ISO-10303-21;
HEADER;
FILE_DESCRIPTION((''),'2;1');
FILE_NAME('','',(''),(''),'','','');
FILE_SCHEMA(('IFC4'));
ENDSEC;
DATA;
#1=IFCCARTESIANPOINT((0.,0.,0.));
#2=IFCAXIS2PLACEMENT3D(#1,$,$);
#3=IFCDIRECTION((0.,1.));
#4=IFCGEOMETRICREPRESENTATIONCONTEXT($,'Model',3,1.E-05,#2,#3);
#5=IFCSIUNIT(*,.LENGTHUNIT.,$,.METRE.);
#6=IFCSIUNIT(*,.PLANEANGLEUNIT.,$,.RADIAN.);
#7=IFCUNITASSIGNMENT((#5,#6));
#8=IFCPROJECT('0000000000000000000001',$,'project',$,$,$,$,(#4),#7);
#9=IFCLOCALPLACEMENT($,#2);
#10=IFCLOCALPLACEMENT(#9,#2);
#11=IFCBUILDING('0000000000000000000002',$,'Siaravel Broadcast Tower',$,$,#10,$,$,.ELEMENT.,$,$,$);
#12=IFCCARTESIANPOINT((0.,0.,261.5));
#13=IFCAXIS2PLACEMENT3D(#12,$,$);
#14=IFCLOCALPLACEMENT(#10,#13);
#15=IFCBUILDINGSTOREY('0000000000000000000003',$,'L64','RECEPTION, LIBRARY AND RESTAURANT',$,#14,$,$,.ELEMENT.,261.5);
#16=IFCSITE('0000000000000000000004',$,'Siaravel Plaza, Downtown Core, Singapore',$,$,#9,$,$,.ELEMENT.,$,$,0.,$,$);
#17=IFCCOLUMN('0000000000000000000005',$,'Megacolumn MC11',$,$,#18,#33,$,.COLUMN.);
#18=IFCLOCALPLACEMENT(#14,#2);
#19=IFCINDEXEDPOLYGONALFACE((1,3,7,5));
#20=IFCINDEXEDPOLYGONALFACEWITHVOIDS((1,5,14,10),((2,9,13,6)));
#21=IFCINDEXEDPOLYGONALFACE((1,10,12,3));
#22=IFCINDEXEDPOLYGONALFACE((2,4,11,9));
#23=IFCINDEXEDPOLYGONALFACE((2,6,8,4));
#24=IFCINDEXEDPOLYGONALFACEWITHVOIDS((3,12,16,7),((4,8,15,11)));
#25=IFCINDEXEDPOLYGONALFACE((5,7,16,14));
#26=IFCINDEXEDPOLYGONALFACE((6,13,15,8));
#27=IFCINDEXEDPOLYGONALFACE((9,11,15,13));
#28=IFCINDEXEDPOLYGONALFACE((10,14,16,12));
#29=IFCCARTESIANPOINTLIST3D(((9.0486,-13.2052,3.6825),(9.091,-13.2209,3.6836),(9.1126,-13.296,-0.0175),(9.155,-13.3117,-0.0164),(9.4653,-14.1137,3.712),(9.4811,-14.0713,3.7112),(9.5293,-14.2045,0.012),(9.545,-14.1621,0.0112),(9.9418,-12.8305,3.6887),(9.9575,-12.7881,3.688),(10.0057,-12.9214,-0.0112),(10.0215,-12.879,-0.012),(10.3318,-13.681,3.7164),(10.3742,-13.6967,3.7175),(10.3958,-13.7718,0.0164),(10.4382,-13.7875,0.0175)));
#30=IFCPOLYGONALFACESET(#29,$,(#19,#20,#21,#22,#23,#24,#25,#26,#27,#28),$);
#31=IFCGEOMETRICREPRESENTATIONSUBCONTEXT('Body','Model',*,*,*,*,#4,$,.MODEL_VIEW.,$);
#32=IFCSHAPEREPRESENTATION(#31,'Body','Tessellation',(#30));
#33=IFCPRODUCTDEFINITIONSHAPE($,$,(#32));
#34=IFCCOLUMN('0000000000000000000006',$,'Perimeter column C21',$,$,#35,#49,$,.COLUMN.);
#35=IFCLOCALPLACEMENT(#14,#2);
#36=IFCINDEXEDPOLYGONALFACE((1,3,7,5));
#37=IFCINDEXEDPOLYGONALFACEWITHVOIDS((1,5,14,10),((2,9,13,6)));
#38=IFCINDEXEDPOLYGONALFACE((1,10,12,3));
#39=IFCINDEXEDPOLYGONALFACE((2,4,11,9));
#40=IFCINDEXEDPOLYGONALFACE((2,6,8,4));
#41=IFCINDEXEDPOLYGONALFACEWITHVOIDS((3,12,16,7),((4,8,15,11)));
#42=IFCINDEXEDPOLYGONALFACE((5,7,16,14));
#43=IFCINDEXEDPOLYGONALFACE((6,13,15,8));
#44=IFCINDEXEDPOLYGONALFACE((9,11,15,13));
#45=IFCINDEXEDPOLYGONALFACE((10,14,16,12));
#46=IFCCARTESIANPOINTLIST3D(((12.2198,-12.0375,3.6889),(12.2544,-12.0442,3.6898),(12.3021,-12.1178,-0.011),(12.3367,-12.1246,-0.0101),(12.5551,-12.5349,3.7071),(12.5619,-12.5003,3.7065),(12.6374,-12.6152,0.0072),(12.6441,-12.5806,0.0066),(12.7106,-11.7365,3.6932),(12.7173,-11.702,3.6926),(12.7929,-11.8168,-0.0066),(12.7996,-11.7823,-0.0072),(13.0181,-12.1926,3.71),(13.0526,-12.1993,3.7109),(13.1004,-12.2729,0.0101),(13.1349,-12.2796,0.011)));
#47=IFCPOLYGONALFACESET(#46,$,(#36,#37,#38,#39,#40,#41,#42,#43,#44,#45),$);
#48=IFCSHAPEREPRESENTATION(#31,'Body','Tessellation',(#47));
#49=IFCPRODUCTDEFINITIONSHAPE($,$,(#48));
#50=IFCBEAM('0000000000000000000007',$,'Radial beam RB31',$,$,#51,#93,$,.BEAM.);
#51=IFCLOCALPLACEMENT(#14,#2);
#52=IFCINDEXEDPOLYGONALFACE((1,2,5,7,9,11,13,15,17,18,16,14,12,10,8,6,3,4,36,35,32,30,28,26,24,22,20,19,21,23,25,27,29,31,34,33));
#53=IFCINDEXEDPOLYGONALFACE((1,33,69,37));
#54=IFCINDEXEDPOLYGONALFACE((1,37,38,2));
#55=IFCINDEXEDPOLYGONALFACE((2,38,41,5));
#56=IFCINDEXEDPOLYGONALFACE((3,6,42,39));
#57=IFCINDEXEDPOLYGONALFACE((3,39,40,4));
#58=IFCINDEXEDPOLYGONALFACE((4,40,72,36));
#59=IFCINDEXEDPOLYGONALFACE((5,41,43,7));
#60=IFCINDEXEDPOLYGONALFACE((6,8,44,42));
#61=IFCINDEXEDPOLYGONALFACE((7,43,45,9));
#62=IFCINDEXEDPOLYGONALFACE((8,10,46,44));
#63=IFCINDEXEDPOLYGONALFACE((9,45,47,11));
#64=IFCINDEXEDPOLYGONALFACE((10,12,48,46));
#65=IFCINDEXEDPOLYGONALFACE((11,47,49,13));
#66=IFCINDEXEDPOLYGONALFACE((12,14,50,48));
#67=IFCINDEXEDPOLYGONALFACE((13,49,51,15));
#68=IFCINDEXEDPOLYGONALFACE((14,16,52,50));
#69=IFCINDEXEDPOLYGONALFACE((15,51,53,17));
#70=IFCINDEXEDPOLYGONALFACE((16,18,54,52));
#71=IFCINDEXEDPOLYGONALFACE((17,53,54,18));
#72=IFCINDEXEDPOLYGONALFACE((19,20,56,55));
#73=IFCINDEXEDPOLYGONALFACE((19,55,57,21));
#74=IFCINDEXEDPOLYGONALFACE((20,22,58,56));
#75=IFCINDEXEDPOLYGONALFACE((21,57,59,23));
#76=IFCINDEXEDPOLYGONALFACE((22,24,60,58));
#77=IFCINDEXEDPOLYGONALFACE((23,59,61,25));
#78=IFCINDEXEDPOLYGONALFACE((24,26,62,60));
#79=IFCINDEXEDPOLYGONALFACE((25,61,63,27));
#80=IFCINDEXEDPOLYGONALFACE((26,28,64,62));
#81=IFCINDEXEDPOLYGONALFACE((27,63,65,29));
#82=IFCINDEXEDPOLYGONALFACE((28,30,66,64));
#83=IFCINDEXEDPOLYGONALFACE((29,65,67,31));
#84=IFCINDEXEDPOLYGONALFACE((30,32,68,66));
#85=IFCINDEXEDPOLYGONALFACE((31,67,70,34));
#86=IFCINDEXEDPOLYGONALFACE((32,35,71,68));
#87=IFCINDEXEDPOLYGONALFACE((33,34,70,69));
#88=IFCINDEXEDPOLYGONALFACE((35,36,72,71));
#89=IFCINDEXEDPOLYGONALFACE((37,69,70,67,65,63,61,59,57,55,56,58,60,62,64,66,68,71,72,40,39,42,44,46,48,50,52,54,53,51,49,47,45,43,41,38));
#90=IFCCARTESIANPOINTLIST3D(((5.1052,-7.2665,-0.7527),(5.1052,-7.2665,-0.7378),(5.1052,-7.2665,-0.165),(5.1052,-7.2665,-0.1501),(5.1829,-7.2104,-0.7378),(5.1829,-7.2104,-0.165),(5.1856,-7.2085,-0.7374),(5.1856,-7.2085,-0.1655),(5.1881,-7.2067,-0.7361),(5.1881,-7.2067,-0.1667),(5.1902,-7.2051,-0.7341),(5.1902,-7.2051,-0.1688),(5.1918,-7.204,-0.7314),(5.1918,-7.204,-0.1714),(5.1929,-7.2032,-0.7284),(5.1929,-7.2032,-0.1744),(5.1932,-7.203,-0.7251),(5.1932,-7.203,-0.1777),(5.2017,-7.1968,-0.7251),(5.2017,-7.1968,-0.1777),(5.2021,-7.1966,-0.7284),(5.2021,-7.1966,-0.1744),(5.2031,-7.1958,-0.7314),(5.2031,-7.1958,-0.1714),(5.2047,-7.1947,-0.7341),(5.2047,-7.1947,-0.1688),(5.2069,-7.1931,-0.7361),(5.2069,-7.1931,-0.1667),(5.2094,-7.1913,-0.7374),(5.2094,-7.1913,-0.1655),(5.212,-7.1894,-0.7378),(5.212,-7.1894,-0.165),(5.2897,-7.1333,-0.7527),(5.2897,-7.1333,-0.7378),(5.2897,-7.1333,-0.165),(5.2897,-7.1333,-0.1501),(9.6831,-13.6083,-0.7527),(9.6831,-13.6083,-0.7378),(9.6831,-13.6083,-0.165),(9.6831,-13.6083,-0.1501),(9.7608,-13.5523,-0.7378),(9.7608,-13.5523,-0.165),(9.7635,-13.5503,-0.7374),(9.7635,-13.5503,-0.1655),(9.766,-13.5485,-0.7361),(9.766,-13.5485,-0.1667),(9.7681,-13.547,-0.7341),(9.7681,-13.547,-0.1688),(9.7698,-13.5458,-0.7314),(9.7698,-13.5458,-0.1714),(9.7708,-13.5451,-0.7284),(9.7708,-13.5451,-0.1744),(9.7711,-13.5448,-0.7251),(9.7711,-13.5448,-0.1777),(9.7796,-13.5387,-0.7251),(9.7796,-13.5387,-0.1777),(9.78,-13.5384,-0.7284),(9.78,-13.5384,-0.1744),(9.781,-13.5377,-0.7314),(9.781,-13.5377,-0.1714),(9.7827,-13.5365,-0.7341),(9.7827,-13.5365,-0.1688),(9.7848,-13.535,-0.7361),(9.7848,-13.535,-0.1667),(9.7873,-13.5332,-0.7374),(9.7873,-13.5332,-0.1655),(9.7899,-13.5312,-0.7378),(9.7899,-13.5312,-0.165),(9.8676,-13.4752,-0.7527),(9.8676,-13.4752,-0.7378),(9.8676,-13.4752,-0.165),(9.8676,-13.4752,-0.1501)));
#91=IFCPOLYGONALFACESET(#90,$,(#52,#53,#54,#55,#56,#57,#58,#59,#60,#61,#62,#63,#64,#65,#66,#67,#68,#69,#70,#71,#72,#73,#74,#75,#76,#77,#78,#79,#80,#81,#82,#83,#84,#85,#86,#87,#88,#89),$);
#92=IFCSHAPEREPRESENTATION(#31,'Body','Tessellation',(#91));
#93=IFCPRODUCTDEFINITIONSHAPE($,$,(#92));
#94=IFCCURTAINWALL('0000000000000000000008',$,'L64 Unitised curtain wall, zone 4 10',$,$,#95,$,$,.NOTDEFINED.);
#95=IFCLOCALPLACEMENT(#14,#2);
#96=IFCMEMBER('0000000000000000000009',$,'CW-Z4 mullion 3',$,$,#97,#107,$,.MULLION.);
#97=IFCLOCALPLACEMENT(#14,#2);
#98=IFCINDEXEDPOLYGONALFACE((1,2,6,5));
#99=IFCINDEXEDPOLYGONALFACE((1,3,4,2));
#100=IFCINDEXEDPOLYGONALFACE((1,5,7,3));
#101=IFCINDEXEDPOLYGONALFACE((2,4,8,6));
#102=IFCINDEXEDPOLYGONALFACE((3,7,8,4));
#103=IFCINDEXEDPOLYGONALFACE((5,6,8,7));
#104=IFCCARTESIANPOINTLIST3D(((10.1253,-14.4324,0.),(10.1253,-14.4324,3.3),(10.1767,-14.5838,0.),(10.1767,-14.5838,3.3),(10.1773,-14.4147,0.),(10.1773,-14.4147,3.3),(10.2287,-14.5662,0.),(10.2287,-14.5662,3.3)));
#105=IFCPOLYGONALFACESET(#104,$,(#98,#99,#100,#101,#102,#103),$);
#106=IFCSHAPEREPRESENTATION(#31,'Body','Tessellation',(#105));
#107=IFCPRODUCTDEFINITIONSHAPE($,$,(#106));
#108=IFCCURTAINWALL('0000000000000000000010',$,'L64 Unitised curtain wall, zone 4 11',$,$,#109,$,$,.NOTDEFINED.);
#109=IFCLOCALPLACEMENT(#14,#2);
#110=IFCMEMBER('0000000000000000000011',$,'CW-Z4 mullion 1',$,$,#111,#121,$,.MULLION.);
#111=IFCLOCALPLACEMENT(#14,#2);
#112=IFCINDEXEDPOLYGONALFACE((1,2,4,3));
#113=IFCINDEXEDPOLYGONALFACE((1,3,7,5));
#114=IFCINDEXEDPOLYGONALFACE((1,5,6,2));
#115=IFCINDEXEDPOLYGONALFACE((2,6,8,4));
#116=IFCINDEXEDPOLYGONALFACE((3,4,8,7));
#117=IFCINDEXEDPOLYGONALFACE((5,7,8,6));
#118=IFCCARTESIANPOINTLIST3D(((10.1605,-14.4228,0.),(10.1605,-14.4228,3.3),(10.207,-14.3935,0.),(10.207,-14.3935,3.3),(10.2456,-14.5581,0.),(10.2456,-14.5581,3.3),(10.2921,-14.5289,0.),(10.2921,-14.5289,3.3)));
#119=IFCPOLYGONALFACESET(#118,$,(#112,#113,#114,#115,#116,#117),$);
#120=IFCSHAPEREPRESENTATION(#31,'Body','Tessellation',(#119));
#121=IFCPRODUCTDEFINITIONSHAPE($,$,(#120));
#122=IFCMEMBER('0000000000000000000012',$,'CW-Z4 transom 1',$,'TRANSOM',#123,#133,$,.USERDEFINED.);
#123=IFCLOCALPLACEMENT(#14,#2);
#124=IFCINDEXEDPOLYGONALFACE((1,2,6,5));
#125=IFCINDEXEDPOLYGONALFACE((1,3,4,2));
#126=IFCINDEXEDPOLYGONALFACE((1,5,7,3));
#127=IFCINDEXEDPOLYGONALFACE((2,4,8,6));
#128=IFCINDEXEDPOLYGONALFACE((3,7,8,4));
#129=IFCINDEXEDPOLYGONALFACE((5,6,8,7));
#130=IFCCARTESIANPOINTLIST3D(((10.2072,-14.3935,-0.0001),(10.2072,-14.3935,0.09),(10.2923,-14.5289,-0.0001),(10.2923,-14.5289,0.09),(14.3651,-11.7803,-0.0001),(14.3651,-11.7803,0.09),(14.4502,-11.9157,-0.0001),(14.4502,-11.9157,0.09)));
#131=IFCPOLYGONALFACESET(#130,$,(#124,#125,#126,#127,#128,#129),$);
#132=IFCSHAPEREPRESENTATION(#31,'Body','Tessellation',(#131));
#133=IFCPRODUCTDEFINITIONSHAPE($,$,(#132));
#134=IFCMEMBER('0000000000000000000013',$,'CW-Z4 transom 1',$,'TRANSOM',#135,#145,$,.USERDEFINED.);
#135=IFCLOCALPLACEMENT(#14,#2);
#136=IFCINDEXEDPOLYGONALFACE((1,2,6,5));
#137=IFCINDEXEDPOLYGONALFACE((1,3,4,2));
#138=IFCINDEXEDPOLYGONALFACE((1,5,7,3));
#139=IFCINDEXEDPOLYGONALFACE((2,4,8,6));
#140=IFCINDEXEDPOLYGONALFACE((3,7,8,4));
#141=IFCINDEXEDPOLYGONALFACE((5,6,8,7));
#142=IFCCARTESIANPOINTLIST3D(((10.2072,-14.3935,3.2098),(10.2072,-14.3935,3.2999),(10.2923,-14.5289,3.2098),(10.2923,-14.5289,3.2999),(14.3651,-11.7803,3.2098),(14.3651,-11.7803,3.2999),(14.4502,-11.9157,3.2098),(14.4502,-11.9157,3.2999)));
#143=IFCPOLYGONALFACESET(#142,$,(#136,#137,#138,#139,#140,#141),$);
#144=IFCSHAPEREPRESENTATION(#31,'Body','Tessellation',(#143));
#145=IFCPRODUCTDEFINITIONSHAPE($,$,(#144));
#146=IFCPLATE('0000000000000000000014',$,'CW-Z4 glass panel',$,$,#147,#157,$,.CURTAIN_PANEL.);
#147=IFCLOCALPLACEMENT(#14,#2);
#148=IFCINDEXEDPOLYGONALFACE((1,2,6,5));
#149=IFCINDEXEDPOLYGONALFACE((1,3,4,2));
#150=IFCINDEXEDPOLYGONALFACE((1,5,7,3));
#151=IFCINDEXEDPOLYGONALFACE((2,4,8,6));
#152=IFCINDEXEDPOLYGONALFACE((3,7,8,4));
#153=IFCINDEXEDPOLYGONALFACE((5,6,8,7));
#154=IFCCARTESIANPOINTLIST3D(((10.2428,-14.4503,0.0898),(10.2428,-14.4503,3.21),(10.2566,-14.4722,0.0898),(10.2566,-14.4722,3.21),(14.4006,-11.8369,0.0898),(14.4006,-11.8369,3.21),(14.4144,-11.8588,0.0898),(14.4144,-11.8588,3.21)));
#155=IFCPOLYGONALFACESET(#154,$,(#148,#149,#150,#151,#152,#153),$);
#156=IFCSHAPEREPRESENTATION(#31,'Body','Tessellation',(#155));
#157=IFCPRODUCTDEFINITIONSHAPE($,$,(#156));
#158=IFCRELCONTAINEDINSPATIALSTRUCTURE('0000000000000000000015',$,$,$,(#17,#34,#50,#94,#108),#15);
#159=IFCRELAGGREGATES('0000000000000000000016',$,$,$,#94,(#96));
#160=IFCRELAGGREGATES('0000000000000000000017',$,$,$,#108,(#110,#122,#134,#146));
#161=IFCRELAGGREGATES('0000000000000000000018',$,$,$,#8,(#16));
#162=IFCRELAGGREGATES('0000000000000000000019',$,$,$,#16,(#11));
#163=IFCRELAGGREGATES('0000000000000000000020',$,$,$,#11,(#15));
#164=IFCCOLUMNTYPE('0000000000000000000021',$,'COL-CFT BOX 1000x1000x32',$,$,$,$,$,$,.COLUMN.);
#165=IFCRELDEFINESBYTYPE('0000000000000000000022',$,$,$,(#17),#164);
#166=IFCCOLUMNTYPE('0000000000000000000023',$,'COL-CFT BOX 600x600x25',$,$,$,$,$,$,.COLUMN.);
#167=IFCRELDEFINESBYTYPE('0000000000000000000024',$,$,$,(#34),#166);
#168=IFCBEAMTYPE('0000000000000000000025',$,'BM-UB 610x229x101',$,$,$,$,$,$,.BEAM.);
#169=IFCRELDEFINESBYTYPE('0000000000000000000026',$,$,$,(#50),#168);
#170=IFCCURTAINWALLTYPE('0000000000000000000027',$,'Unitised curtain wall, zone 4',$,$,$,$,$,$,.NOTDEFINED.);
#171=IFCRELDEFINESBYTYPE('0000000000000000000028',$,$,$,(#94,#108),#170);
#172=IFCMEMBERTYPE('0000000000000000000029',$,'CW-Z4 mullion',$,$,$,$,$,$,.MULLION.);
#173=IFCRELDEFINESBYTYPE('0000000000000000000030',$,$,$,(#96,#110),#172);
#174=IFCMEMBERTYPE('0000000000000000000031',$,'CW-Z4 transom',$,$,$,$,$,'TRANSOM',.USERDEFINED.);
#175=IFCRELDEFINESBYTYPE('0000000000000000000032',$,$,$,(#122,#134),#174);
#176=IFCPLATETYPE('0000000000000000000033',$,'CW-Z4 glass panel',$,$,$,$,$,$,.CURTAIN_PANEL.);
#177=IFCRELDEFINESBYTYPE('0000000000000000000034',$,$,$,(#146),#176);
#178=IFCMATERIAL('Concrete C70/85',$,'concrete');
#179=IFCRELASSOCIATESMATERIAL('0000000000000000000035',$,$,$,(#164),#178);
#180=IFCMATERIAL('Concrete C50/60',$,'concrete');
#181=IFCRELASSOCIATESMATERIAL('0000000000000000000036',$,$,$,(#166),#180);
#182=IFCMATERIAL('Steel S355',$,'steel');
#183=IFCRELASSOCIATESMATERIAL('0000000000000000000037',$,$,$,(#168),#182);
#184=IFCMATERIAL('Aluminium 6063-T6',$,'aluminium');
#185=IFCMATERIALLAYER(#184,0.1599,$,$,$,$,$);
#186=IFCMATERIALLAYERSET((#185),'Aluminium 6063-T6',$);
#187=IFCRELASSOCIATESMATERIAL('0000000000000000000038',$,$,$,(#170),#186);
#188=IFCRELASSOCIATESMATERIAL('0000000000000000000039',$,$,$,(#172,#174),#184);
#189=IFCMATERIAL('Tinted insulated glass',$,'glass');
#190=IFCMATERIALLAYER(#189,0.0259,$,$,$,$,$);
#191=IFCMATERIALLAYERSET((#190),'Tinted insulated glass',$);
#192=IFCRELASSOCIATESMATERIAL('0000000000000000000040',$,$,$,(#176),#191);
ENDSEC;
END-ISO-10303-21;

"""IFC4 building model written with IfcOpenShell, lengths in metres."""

from ifc_helpers import new_model, si_unit, direction, frame, origin, origin_2d, place, context, subcontext, project, spatial, rectangle, hollow_rectangle, i_section, extrude, material, layer, layer_set, material_profile, profile_set, type_object, element, aggregate, save


model = new_model("IFC4")

# Units and contexts
model_context = context("Model", 3, precision=1e-05, world=origin(), true_north=direction((0.0, 1.0)))
body_context = subcontext(model_context, "Body", "Model", "MODEL_VIEW")
ifc_project = project(units=[si_unit("LENGTHUNIT", "METRE"), si_unit("PLANEANGLEUNIT", "RADIAN")], contexts=[model_context])

# Site, building, storey
site_placement = place(None, origin())
site = spatial("IfcSite", under=ifc_project, at=site_placement, Name="Siaravel Plaza, Downtown Core, Singapore", CompositionType="ELEMENT", RefElevation=0.0)
building_placement = place(site_placement, origin())
building = spatial("IfcBuilding", under=site, at=building_placement, Name="Siaravel Broadcast Tower", CompositionType="ELEMENT")
storey_placement = place(building_placement, frame((0.0, 0.0, 261.5)))
storey = spatial("IfcBuildingStorey", under=building, at=storey_placement, Name="L64", Description="RECEPTION, LIBRARY AND RESTAURANT", CompositionType="ELEMENT", Elevation=261.5)

# Columns
ifc_material_1 = material(Name="Concrete C70/85", Category="concrete")
ifc_material_profile_1 = material_profile(ifc_material_1, hollow_rectangle(XDim=1.0, YDim=1.0, WallThickness=0.032, at=origin_2d()))
ifc_profile_set_1 = profile_set([ifc_material_profile_1], Name="Concrete C70/85")
column_type_1 = type_object("IfcColumnType", Name="COL-CFT BOX 1000x1000x32", PredefinedType="COLUMN", material=ifc_profile_set_1)
column_1_placement = place(storey_placement, frame((9.7754, -13.5417, 0.0), z_axis=(-0.01728, 0.024535, 0.99955), x_axis=(-0.908883, -0.417016, -0.005477)))
element("IfcColumn", 1, at=column_1_placement, inside=storey, type_object=column_type_1, Name="Megacolumn MC11", PredefinedType="COLUMN", context=body_context, shape_type="SweptSolid", body=[
    extrude(hollow_rectangle(XDim=1.0, YDim=1.0, WallThickness=0.032, at=origin_2d()), origin(), (0.0, 0.0, 1.0), 3.7017),
])
ifc_material_2 = material(Name="Concrete C50/60", Category="concrete")
ifc_material_profile_2 = material_profile(ifc_material_2, hollow_rectangle(XDim=0.6001, YDim=0.6001, WallThickness=0.0249, at=origin_2d()))
ifc_profile_set_2 = profile_set([ifc_material_profile_2], Name="Concrete C50/60")
column_type_2 = type_object("IfcColumnType", Name="COL-CFT BOX 600x600x25", PredefinedType="COLUMN", material=ifc_profile_set_2)
column_2_placement = place(storey_placement, frame((12.7185, -12.1987, 0.0), z_axis=(-0.022226, 0.021699, 0.999517), x_axis=(-0.829024, -0.559177, -0.006296)))
element("IfcColumn", 2, at=column_2_placement, inside=storey, type_object=column_type_2, Name="Perimeter column C21", PredefinedType="COLUMN", context=body_context, shape_type="SweptSolid", body=[
    extrude(hollow_rectangle(XDim=0.6001, YDim=0.6001, WallThickness=0.0249, at=origin_2d()), origin(), (0.0, 0.0, 1.0), 3.7017),
])

# Beam
ifc_material_3 = material(Name="Steel S355", Category="steel")
ifc_material_profile_3 = material_profile(ifc_material_3, i_section(OverallWidth=0.2275, OverallDepth=0.6025, WebThickness=0.0105, FlangeThickness=0.0149, FilletRadius=0.0127, at=origin_2d()))
ifc_profile_set_3 = profile_set([ifc_material_profile_3], Name="Steel S355")
beam_type = type_object("IfcBeamType", Name="BM-UB 610x229x101", PredefinedType="BEAM", material=ifc_profile_set_3)
beam_placement = place(storey_placement, frame((9.7754, -13.5417, -0.4514), z_axis=(-0.585297, 0.810819, 0.0), x_axis=(-0.810819, -0.585297, 0.0)))
element("IfcBeam", 3, at=beam_placement, inside=storey, type_object=beam_type, Name="Radial beam RB31", PredefinedType="BEAM", context=body_context, shape_type="SweptSolid", body=[
    extrude(i_section(OverallWidth=0.2275, OverallDepth=0.6025, WebThickness=0.0105, FlangeThickness=0.0149, FilletRadius=0.0127, at=origin_2d()), origin(), (0.0, 0.0, 1.0), 7.8215),
])

# Curtain wall, member
ifc_material_4 = material(Name="Aluminium 6063-T6", Category="aluminium")
ifc_layer_1 = layer(ifc_material_4, 0.1599)
ifc_layer_set_1 = layer_set([ifc_layer_1], Name="Aluminium 6063-T6")
curtain_wall_type = type_object("IfcCurtainWallType", Name="Unitised curtain wall, zone 4", PredefinedType="NOTDEFINED", material=ifc_layer_set_1)
curtain_wall_1_placement = place(storey_placement, origin())
curtain_wall_1 = element("IfcCurtainWall", 4, at=curtain_wall_1_placement, inside=storey, type_object=curtain_wall_type, Name="L64 Unitised curtain wall, zone 4 10", PredefinedType="NOTDEFINED")
ifc_material_profile_4 = material_profile(ifc_material_4, rectangle(XDim=0.1599, YDim=0.0549, at=origin_2d()))
ifc_profile_set_4 = profile_set([ifc_material_profile_4], Name="Aluminium 6063-T6")
member_type_1 = type_object("IfcMemberType", Name="CW-Z4 mullion", PredefinedType="MULLION", material=ifc_profile_set_4)
member_1_placement = place(storey_placement, frame((10.177, -14.4993, 0.0), z_axis=(0.0, 0.0, 1.0), x_axis=(-0.321302, 0.946977, 0.0)))
member_1 = element("IfcMember", 5, at=member_1_placement, type_object=member_type_1, Name="CW-Z4 mullion 3", PredefinedType="MULLION", context=body_context, shape_type="SweptSolid", body=[
    extrude(rectangle(XDim=0.1599, YDim=0.0549, at=origin_2d()), origin(), (0.0, 0.0, 1.0), 3.3),
])
aggregate(curtain_wall_1, [member_1])

# Curtain wall, members, plate
curtain_wall_2_placement = place(storey_placement, origin())
curtain_wall_2 = element("IfcCurtainWall", 6, at=curtain_wall_2_placement, inside=storey, type_object=curtain_wall_type, Name="L64 Unitised curtain wall, zone 4 11", PredefinedType="NOTDEFINED")
member_2_placement = place(storey_placement, frame((10.2263, -14.4758, 0.0), z_axis=(0.0, 0.0, 1.0), x_axis=(-0.532151, 0.84665, 0.0)))
member_2 = element("IfcMember", 7, at=member_2_placement, type_object=member_type_1, Name="CW-Z4 mullion 1", PredefinedType="MULLION", context=body_context, shape_type="SweptSolid", body=[
    extrude(rectangle(XDim=0.1599, YDim=0.0549, at=origin_2d()), origin(), (0.0, 0.0, 1.0), 3.3),
])
ifc_material_profile_5 = material_profile(ifc_material_4, rectangle(XDim=0.1599, YDim=0.0901, at=origin_2d()))
ifc_profile_set_5 = profile_set([ifc_material_profile_5], Name="Aluminium 6063-T6")
member_type_2 = type_object("IfcMemberType", Name="CW-Z4 transom", ElementType="TRANSOM", PredefinedType="USERDEFINED", material=ifc_profile_set_5)
member_3_placement = place(storey_placement, frame((10.2498, -14.4612, 0.0449), z_axis=(0.846663, 0.532129, 0.0), x_axis=(-0.532129, 0.846663, 0.0)))
member_3 = element("IfcMember", 8, at=member_3_placement, type_object=member_type_2, Name="CW-Z4 transom 1", ObjectType="TRANSOM", PredefinedType="USERDEFINED", context=body_context, shape_type="SweptSolid", body=[
    extrude(rectangle(XDim=0.1599, YDim=0.0901, at=origin_2d()), origin(), (0.0, 0.0, 1.0), 4.9109),
])
member_4_placement = place(storey_placement, frame((10.2498, -14.4612, 3.2549), z_axis=(0.846663, 0.532129, 0.0), x_axis=(-0.532129, 0.846663, 0.0)))
member_4 = element("IfcMember", 9, at=member_4_placement, type_object=member_type_2, Name="CW-Z4 transom 1", ObjectType="TRANSOM", PredefinedType="USERDEFINED", context=body_context, shape_type="SweptSolid", body=[
    extrude(rectangle(XDim=0.1599, YDim=0.0901, at=origin_2d()), origin(), (0.0, 0.0, 1.0), 4.9109),
])
ifc_material_5 = material(Name="Tinted insulated glass", Category="glass")
ifc_layer_2 = layer(ifc_material_5, 0.0259)
ifc_layer_set_2 = layer_set([ifc_layer_2], Name="Tinted insulated glass")
plate_type = type_object("IfcPlateType", Name="CW-Z4 glass panel", PredefinedType="CURTAIN_PANEL", material=ifc_layer_set_2)
plate_placement = place(storey_placement, frame((12.3286, -13.1545, 0.0898), z_axis=(0.0, 0.0, 1.0), x_axis=(0.84665, 0.532151, 0.0)))
plate = element("IfcPlate", 10, at=plate_placement, type_object=plate_type, Name="CW-Z4 glass panel", PredefinedType="CURTAIN_PANEL", context=body_context, shape_type="SweptSolid", body=[
    extrude(rectangle(XDim=4.9109, YDim=0.0259, at=origin_2d()), origin(), (0.0, 0.0, 1.0), 3.1201),
])
aggregate(curtain_wall_2, [member_2, member_3, member_4, plate])

save(model, "model.ifc")
